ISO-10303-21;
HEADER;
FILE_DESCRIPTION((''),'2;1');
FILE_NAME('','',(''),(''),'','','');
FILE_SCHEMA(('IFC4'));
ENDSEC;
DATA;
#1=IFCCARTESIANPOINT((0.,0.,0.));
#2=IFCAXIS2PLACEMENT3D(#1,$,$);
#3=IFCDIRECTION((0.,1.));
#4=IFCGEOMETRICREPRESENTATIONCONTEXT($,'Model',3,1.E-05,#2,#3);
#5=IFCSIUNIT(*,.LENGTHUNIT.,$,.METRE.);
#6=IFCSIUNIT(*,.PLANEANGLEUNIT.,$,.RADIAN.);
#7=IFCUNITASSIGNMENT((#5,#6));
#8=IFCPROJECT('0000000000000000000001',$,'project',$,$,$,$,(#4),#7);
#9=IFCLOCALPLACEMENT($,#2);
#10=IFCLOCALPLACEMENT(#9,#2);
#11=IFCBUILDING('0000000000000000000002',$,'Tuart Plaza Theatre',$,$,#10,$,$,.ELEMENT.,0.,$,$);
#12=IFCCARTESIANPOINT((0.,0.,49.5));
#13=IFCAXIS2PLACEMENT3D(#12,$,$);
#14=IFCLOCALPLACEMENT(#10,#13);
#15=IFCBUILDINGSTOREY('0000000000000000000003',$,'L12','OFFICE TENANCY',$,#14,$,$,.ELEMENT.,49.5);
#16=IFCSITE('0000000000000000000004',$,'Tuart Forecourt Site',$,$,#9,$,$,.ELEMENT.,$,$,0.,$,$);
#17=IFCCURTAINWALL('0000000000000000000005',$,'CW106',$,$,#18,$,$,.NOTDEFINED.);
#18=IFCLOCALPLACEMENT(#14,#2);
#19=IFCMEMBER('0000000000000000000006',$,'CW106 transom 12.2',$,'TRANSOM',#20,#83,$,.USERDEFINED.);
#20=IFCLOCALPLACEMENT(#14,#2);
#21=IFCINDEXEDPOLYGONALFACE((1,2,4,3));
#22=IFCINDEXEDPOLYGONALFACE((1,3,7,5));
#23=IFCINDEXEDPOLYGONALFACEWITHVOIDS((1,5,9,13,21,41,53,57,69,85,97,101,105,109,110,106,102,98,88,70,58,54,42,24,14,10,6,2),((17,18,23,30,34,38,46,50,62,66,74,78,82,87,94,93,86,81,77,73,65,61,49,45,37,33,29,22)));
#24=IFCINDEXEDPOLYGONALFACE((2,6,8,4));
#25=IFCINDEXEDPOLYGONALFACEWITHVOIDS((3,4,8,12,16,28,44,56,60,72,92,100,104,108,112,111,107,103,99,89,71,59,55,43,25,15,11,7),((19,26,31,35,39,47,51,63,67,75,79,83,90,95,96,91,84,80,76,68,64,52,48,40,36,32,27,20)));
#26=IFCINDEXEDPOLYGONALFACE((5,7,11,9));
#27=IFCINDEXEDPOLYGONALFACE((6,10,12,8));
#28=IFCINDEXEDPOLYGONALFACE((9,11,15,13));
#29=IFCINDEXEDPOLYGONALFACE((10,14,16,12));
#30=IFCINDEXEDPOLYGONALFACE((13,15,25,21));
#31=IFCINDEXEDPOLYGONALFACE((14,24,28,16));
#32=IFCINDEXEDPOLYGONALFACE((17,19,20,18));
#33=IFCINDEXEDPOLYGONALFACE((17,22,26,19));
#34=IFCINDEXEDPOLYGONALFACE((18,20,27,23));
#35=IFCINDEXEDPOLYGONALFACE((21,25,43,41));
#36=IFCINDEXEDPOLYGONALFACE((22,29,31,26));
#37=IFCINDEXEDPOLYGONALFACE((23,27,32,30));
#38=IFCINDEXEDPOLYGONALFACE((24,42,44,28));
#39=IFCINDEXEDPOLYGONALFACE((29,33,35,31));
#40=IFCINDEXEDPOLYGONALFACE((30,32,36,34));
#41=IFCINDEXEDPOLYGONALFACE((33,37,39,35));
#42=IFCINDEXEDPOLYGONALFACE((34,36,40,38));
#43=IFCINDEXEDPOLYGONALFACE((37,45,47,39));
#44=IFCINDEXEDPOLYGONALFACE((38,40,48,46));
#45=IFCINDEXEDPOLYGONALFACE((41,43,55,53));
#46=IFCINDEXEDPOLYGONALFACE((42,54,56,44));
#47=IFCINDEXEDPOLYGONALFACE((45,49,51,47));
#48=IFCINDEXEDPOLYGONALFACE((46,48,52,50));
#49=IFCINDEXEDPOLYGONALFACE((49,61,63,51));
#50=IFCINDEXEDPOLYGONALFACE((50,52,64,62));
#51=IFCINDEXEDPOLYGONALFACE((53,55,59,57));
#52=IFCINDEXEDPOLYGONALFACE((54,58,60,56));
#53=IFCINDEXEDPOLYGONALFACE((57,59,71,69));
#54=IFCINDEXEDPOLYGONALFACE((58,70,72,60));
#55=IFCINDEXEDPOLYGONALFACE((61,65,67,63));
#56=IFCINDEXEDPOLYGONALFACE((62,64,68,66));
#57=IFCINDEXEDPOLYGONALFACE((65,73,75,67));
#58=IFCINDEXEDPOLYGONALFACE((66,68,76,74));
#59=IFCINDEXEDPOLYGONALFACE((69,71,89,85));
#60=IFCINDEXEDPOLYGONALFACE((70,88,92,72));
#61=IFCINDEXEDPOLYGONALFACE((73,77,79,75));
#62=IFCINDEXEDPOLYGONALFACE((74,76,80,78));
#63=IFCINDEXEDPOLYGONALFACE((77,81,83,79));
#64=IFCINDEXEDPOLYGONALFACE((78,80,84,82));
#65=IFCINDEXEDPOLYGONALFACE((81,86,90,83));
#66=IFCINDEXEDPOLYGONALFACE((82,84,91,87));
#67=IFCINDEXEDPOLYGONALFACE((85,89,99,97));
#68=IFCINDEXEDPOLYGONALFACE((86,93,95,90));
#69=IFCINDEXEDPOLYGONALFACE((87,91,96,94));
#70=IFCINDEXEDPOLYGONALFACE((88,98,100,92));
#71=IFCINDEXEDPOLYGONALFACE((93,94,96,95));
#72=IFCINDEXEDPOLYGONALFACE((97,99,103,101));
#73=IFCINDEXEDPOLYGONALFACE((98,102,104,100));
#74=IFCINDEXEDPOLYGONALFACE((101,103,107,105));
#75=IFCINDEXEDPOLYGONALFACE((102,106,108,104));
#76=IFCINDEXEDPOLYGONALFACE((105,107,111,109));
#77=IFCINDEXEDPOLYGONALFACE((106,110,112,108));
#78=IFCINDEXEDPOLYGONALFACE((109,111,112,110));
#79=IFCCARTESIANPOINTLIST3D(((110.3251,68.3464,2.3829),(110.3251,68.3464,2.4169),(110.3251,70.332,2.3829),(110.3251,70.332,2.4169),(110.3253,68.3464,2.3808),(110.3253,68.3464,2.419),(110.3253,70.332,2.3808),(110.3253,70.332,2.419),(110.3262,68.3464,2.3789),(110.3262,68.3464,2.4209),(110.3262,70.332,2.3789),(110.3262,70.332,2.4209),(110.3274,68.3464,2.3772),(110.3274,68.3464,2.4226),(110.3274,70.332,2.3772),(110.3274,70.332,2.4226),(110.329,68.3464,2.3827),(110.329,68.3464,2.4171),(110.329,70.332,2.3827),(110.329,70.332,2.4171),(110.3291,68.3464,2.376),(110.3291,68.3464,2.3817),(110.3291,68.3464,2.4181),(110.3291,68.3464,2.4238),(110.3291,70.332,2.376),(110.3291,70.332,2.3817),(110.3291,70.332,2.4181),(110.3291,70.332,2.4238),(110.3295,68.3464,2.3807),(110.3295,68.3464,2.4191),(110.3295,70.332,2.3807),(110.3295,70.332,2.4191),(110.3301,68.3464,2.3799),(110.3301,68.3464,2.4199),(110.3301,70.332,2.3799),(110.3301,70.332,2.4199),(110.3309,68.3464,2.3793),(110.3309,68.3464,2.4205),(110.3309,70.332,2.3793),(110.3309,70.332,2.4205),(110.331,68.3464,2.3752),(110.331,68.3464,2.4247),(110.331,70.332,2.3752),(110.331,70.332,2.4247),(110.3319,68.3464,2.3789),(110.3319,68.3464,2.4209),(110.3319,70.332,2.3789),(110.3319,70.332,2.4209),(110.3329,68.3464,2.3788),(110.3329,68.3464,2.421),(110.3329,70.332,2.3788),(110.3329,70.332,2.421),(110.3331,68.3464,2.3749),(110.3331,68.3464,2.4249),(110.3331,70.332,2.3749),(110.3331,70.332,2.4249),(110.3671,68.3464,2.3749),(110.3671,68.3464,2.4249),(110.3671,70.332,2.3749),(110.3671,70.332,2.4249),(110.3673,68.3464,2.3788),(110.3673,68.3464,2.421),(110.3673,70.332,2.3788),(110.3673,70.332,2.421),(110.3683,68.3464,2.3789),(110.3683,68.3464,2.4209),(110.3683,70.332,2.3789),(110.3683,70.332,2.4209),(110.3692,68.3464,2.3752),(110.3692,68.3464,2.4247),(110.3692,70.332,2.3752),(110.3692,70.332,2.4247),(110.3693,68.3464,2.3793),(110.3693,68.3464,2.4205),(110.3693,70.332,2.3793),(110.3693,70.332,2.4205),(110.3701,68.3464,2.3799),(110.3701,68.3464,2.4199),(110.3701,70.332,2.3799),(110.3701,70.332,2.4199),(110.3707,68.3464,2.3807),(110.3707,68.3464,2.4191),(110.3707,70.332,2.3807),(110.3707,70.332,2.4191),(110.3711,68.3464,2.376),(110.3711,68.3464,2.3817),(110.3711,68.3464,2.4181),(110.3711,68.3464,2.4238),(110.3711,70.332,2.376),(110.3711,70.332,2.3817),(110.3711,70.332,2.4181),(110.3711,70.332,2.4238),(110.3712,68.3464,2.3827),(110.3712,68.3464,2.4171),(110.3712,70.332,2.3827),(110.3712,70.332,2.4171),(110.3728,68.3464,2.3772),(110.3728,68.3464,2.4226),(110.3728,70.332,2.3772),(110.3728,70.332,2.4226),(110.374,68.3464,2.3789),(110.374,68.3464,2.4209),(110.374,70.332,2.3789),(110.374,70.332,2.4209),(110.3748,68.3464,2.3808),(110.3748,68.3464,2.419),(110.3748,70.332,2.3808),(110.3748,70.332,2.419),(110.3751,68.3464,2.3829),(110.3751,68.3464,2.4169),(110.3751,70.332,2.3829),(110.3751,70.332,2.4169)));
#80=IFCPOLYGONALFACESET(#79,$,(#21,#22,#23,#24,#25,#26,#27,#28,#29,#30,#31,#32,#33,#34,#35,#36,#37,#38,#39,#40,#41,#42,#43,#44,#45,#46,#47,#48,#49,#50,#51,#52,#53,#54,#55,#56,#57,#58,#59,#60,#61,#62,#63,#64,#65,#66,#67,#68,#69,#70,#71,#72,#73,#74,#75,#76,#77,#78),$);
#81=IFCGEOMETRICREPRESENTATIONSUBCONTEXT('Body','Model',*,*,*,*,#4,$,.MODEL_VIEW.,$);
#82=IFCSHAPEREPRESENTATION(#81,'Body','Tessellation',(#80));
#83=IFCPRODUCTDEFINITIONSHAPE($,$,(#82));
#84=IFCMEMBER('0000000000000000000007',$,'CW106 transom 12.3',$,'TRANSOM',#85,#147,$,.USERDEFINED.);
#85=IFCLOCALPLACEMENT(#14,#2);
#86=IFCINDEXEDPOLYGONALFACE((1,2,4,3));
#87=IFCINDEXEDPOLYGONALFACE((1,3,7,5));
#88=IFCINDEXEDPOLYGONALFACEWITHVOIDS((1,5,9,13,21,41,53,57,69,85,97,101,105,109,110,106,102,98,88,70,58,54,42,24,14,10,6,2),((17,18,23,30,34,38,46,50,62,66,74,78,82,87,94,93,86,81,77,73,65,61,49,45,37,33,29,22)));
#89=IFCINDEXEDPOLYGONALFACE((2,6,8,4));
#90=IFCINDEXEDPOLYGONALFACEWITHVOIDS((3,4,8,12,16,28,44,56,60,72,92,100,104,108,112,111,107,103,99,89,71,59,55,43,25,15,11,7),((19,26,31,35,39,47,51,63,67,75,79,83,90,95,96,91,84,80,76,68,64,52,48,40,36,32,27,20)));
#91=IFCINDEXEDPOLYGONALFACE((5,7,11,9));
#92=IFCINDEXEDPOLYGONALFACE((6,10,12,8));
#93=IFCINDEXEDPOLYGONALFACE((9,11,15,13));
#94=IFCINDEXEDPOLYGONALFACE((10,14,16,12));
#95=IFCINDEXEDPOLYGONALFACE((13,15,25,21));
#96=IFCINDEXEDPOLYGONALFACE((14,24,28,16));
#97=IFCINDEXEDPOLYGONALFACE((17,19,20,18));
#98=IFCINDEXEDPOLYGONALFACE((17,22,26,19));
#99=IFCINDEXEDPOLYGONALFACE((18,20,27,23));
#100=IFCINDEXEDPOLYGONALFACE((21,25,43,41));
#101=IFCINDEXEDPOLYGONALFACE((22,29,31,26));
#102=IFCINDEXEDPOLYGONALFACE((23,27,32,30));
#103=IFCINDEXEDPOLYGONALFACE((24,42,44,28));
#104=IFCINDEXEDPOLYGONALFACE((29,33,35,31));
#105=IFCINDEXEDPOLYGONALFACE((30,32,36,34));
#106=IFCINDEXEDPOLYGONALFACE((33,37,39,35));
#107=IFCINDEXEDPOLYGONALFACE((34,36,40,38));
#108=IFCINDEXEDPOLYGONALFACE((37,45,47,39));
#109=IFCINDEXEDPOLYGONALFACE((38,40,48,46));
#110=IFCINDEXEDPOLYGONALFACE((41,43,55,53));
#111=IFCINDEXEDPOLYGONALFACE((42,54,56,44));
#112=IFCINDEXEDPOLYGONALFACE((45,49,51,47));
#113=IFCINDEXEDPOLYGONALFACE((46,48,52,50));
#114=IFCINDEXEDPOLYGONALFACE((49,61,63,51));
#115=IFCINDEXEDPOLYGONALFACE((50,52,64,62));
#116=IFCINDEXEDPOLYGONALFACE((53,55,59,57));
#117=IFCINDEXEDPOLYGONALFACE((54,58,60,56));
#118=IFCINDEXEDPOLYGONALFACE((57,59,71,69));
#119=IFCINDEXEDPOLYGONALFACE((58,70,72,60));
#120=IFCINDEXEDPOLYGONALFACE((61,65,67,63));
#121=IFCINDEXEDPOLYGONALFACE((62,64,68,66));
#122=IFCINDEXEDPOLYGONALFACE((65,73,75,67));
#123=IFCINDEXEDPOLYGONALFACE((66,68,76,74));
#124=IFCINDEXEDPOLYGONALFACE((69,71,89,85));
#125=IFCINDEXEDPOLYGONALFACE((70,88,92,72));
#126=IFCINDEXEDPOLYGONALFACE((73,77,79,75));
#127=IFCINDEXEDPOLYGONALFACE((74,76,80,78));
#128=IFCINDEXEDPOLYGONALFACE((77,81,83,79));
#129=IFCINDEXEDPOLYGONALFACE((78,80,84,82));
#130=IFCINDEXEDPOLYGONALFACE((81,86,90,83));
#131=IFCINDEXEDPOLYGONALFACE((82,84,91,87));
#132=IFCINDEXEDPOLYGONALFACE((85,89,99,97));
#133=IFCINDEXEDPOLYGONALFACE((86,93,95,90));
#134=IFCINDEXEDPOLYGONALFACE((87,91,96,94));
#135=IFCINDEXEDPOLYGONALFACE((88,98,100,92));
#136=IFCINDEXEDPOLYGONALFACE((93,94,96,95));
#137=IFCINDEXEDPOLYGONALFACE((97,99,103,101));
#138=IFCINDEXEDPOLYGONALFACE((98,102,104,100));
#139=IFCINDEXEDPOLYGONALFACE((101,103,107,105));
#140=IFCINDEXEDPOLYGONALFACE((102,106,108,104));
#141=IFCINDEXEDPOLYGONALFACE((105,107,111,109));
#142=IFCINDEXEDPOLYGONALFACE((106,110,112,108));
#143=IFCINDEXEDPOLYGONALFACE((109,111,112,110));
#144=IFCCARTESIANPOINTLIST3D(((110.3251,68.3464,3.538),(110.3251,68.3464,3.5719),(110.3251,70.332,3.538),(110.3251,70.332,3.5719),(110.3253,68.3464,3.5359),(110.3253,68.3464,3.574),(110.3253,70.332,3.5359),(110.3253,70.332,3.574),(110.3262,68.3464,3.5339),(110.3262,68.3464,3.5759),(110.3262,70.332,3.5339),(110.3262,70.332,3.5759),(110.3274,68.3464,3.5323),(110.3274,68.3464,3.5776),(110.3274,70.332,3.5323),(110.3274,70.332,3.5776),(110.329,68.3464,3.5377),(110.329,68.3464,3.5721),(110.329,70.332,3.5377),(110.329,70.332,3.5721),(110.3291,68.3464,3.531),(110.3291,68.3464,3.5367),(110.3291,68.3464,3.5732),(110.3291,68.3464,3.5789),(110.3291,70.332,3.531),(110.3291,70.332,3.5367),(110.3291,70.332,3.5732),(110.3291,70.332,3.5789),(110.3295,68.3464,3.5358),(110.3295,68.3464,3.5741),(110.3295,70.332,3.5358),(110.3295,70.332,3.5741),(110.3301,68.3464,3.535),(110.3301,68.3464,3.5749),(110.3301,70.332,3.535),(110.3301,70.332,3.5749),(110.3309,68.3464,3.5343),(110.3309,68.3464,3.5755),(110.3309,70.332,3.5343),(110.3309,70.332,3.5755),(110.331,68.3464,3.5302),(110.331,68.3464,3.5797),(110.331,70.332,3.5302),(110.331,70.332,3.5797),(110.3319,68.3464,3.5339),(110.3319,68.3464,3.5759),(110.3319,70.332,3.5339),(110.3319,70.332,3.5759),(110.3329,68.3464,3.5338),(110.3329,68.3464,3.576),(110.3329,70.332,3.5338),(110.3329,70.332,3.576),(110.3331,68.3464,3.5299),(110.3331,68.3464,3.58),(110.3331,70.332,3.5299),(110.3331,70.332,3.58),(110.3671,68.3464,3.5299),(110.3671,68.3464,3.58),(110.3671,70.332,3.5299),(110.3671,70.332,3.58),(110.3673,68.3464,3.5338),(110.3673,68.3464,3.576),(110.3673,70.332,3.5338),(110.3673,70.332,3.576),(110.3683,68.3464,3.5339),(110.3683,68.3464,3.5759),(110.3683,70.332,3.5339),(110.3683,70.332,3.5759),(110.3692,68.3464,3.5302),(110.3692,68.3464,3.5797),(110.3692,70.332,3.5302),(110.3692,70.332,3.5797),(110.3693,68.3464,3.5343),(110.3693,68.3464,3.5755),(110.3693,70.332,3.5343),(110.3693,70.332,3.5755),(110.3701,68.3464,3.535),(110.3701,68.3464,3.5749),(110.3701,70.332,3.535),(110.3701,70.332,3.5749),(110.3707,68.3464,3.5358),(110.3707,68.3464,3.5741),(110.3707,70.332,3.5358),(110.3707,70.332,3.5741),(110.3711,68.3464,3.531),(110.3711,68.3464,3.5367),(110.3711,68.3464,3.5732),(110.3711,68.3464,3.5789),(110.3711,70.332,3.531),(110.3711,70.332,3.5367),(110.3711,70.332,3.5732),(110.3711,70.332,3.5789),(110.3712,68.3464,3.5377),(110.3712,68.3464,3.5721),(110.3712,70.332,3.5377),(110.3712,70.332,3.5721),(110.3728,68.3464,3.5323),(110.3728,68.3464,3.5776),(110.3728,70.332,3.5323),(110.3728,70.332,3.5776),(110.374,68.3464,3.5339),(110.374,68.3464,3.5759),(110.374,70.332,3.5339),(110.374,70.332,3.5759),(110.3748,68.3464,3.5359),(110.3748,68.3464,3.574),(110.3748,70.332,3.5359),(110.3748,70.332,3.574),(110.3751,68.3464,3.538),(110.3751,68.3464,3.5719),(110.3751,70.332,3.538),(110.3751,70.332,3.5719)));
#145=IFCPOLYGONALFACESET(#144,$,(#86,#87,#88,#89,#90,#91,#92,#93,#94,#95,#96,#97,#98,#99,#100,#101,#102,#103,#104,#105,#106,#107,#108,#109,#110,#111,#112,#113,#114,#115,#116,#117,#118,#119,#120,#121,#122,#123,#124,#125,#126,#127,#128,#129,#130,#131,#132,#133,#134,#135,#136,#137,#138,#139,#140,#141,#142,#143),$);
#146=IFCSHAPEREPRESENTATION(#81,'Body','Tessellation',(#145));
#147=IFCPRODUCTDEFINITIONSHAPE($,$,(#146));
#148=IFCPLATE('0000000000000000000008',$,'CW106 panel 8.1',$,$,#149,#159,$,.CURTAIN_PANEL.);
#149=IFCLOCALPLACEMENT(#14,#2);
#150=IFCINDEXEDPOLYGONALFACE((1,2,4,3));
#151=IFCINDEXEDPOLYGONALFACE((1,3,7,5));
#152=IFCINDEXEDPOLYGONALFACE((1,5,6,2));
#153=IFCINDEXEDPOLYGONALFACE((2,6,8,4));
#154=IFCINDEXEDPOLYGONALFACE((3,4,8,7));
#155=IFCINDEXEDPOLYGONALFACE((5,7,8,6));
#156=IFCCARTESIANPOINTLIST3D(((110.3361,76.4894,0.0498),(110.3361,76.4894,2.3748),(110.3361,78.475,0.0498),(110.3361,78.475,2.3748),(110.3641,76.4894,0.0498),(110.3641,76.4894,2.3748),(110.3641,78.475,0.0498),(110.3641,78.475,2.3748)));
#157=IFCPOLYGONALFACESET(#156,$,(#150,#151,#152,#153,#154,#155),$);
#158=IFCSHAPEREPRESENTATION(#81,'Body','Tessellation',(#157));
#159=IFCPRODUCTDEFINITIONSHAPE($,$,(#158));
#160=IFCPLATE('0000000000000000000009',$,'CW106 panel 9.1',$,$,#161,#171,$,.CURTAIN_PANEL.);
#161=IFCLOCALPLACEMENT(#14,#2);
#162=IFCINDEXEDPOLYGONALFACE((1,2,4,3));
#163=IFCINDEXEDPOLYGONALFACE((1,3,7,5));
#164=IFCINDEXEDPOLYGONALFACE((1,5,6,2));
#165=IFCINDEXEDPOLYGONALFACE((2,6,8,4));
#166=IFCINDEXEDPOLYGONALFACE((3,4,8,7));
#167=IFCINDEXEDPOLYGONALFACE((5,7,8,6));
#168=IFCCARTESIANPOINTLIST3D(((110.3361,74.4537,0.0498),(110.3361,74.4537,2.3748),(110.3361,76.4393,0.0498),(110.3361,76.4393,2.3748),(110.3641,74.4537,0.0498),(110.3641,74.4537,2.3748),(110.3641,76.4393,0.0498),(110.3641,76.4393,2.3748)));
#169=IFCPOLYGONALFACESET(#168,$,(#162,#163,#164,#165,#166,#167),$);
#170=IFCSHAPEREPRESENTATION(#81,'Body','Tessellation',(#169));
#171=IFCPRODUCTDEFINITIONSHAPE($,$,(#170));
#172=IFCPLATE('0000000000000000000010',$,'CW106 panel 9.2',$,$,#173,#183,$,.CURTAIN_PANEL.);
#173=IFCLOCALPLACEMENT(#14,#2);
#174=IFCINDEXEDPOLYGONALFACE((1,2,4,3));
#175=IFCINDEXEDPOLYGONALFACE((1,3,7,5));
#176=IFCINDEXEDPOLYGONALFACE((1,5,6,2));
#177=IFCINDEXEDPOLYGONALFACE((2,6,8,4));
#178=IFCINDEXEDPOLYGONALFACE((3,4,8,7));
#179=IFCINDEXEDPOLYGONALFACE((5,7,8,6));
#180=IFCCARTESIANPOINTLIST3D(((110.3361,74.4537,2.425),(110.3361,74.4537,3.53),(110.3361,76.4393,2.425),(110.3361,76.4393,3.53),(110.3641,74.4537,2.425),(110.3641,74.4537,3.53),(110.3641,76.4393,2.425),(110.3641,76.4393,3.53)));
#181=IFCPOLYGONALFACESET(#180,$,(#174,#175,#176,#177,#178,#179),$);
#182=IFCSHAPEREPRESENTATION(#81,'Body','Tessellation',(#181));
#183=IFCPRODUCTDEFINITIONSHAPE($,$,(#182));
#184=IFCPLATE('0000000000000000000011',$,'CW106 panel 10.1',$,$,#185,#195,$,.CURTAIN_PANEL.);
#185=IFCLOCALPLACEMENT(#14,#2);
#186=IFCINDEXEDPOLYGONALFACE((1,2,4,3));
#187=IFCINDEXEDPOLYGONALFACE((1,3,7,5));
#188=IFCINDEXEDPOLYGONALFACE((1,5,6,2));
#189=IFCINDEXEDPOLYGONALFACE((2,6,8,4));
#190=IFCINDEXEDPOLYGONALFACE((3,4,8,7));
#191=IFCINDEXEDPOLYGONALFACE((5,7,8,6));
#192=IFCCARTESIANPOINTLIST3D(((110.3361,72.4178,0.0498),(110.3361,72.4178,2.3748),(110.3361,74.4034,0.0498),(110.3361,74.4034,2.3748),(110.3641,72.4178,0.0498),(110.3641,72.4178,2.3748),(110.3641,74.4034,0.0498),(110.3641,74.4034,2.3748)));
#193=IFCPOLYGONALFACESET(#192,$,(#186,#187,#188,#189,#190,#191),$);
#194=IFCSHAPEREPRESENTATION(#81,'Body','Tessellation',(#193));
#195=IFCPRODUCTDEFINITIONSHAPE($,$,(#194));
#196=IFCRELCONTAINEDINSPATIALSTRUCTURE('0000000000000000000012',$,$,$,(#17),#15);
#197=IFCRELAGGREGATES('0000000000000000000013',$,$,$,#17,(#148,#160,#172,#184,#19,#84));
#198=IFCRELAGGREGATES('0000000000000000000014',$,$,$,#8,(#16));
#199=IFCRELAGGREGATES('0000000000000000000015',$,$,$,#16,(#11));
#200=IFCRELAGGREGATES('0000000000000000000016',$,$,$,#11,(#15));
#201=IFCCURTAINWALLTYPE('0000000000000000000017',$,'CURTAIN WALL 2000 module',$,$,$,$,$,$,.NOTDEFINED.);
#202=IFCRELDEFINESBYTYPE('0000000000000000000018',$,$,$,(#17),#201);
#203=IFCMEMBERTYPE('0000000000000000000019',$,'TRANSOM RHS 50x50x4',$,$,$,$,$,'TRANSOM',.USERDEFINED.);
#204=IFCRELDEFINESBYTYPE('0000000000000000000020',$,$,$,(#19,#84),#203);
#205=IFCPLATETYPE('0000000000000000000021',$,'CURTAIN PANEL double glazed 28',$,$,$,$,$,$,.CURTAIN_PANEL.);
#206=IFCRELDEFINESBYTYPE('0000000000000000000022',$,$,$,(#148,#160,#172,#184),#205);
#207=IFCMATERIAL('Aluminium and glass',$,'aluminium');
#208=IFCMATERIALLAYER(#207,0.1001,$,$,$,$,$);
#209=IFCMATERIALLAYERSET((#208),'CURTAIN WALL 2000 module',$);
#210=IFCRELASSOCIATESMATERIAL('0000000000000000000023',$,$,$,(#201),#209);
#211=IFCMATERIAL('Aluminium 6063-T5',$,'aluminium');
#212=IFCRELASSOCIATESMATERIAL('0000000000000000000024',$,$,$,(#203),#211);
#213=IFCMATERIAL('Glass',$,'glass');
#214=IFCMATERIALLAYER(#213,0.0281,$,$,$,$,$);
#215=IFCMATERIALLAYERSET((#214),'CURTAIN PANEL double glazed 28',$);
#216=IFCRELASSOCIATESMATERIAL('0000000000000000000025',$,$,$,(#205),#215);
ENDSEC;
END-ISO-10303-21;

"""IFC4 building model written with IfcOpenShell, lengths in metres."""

from ifc_helpers import new_model, si_unit, direction, frame, origin, origin_2d, place, context, subcontext, project, spatial, rectangle, hollow_rectangle, extrude, material, layer, layer_set, material_profile, profile_set, type_object, element, aggregate, save


model = new_model("IFC4")

# Units and contexts
model_context = context("Model", 3, precision=1e-05, world=origin(), true_north=direction((0.0, 1.0)))
body_context = subcontext(model_context, "Body", "Model", "MODEL_VIEW")
ifc_project = project(units=[si_unit("LENGTHUNIT", "METRE"), si_unit("PLANEANGLEUNIT", "RADIAN")], contexts=[model_context])

# Site, building, storey
site_placement = place(None, origin())
site = spatial("IfcSite", under=ifc_project, at=site_placement, Name="Tuart Forecourt Site", CompositionType="ELEMENT", RefElevation=0.0)
building_placement = place(site_placement, origin())
building = spatial("IfcBuilding", under=site, at=building_placement, Name="Tuart Plaza Theatre", CompositionType="ELEMENT", ElevationOfRefHeight=0.0)
storey_placement = place(building_placement, frame((0.0, 0.0, 49.5)))
storey = spatial("IfcBuildingStorey", under=building, at=storey_placement, Name="L12", Description="OFFICE TENANCY", CompositionType="ELEMENT", Elevation=49.5)

# Curtain wall, members, plates
ifc_material_1 = material(Name="Aluminium and glass", Category="aluminium")
ifc_layer_1 = layer(ifc_material_1, 0.1001)
ifc_layer_set_1 = layer_set([ifc_layer_1], Name="CURTAIN WALL 2000 module")
curtain_wall_type = type_object("IfcCurtainWallType", Name="CURTAIN WALL 2000 module", PredefinedType="NOTDEFINED", material=ifc_layer_set_1)
curtain_wall_placement = place(storey_placement, origin())
curtain_wall = element("IfcCurtainWall", 1, at=curtain_wall_placement, inside=storey, type_object=curtain_wall_type, Name="CW106", PredefinedType="NOTDEFINED")
ifc_material_2 = material(Name="Aluminium 6063-T5", Category="aluminium")
ifc_material_profile = material_profile(ifc_material_2, hollow_rectangle(XDim=0.05, YDim=0.05, WallThickness=0.0039, InnerFilletRadius=0.0039, OuterFilletRadius=0.0081, at=origin_2d()), Name="RHS 50x50x4")
ifc_profile_set = profile_set([ifc_material_profile], Name="Aluminium 6063-T5")
member_type = type_object("IfcMemberType", Name="TRANSOM RHS 50x50x4", ElementType="TRANSOM", PredefinedType="USERDEFINED", material=ifc_profile_set)
member_1_placement = place(storey_placement, frame((110.3501, 70.332, 2.3999), z_axis=(0.0, -1.0, 0.0), x_axis=(1.0, 0.0, 0.0)))
member_1 = element("IfcMember", 2, at=member_1_placement, type_object=member_type, Name="CW106 transom 12.2", ObjectType="TRANSOM", PredefinedType="USERDEFINED", context=body_context, shape_type="SweptSolid", body=[
    extrude(hollow_rectangle(XDim=0.05, YDim=0.05, WallThickness=0.0039, InnerFilletRadius=0.0039, OuterFilletRadius=0.0081, at=origin_2d()), origin(), (0.0, 0.0, 1.0), 1.9856),
])
member_2_placement = place(storey_placement, frame((110.3501, 70.332, 3.5549), z_axis=(0.0, -1.0, 0.0), x_axis=(1.0, 0.0, 0.0)))
member_2 = element("IfcMember", 3, at=member_2_placement, type_object=member_type, Name="CW106 transom 12.3", ObjectType="TRANSOM", PredefinedType="USERDEFINED", context=body_context, shape_type="SweptSolid", body=[
    extrude(hollow_rectangle(XDim=0.05, YDim=0.05, WallThickness=0.0039, InnerFilletRadius=0.0039, OuterFilletRadius=0.0081, at=origin_2d()), origin(), (0.0, 0.0, 1.0), 1.9856),
])
ifc_material_3 = material(Name="Glass", Category="glass")
ifc_layer_2 = layer(ifc_material_3, 0.0281)
ifc_layer_set_2 = layer_set([ifc_layer_2], Name="CURTAIN PANEL double glazed 28")
plate_type = type_object("IfcPlateType", Name="CURTAIN PANEL double glazed 28", PredefinedType="CURTAIN_PANEL", material=ifc_layer_set_2)
plate_1_placement = place(storey_placement, frame((110.3501, 77.4822, 0.0498), z_axis=(0.0, 0.0, 1.0), x_axis=(0.0, -1.0, 0.0)))
plate_1 = element("IfcPlate", 4, at=plate_1_placement, type_object=plate_type, Name="CW106 panel 8.1", PredefinedType="CURTAIN_PANEL", context=body_context, shape_type="SweptSolid", body=[
    extrude(rectangle(XDim=1.9856, YDim=0.0281, at=origin_2d()), origin(), (0.0, 0.0, 1.0), 2.325),
])
plate_2_placement = place(storey_placement, frame((110.3501, 75.4465, 0.0498), z_axis=(0.0, 0.0, 1.0), x_axis=(0.0, -1.0, 0.0)))
plate_2 = element("IfcPlate", 5, at=plate_2_placement, type_object=plate_type, Name="CW106 panel 9.1", PredefinedType="CURTAIN_PANEL", context=body_context, shape_type="SweptSolid", body=[
    extrude(rectangle(XDim=1.9856, YDim=0.0281, at=origin_2d()), origin(), (0.0, 0.0, 1.0), 2.325),
])
plate_3_placement = place(storey_placement, frame((110.3501, 75.4465, 2.425), z_axis=(0.0, 0.0, 1.0), x_axis=(0.0, -1.0, 0.0)))
plate_3 = element("IfcPlate", 6, at=plate_3_placement, type_object=plate_type, Name="CW106 panel 9.2", PredefinedType="CURTAIN_PANEL", context=body_context, shape_type="SweptSolid", body=[
    extrude(rectangle(XDim=1.9856, YDim=0.0281, at=origin_2d()), origin(), (0.0, 0.0, 1.0), 1.105),
])
plate_4_placement = place(storey_placement, frame((110.3501, 73.4106, 0.0498), z_axis=(0.0, 0.0, 1.0), x_axis=(0.0, -1.0, 0.0)))
plate_4 = element("IfcPlate", 7, at=plate_4_placement, type_object=plate_type, Name="CW106 panel 10.1", PredefinedType="CURTAIN_PANEL", context=body_context, shape_type="SweptSolid", body=[
    extrude(rectangle(XDim=1.9856, YDim=0.0281, at=origin_2d()), origin(), (0.0, 0.0, 1.0), 2.325),
])
aggregate(curtain_wall, [plate_1, plate_2, plate_3, plate_4, member_1, member_2])

save(model, "model.ifc")
